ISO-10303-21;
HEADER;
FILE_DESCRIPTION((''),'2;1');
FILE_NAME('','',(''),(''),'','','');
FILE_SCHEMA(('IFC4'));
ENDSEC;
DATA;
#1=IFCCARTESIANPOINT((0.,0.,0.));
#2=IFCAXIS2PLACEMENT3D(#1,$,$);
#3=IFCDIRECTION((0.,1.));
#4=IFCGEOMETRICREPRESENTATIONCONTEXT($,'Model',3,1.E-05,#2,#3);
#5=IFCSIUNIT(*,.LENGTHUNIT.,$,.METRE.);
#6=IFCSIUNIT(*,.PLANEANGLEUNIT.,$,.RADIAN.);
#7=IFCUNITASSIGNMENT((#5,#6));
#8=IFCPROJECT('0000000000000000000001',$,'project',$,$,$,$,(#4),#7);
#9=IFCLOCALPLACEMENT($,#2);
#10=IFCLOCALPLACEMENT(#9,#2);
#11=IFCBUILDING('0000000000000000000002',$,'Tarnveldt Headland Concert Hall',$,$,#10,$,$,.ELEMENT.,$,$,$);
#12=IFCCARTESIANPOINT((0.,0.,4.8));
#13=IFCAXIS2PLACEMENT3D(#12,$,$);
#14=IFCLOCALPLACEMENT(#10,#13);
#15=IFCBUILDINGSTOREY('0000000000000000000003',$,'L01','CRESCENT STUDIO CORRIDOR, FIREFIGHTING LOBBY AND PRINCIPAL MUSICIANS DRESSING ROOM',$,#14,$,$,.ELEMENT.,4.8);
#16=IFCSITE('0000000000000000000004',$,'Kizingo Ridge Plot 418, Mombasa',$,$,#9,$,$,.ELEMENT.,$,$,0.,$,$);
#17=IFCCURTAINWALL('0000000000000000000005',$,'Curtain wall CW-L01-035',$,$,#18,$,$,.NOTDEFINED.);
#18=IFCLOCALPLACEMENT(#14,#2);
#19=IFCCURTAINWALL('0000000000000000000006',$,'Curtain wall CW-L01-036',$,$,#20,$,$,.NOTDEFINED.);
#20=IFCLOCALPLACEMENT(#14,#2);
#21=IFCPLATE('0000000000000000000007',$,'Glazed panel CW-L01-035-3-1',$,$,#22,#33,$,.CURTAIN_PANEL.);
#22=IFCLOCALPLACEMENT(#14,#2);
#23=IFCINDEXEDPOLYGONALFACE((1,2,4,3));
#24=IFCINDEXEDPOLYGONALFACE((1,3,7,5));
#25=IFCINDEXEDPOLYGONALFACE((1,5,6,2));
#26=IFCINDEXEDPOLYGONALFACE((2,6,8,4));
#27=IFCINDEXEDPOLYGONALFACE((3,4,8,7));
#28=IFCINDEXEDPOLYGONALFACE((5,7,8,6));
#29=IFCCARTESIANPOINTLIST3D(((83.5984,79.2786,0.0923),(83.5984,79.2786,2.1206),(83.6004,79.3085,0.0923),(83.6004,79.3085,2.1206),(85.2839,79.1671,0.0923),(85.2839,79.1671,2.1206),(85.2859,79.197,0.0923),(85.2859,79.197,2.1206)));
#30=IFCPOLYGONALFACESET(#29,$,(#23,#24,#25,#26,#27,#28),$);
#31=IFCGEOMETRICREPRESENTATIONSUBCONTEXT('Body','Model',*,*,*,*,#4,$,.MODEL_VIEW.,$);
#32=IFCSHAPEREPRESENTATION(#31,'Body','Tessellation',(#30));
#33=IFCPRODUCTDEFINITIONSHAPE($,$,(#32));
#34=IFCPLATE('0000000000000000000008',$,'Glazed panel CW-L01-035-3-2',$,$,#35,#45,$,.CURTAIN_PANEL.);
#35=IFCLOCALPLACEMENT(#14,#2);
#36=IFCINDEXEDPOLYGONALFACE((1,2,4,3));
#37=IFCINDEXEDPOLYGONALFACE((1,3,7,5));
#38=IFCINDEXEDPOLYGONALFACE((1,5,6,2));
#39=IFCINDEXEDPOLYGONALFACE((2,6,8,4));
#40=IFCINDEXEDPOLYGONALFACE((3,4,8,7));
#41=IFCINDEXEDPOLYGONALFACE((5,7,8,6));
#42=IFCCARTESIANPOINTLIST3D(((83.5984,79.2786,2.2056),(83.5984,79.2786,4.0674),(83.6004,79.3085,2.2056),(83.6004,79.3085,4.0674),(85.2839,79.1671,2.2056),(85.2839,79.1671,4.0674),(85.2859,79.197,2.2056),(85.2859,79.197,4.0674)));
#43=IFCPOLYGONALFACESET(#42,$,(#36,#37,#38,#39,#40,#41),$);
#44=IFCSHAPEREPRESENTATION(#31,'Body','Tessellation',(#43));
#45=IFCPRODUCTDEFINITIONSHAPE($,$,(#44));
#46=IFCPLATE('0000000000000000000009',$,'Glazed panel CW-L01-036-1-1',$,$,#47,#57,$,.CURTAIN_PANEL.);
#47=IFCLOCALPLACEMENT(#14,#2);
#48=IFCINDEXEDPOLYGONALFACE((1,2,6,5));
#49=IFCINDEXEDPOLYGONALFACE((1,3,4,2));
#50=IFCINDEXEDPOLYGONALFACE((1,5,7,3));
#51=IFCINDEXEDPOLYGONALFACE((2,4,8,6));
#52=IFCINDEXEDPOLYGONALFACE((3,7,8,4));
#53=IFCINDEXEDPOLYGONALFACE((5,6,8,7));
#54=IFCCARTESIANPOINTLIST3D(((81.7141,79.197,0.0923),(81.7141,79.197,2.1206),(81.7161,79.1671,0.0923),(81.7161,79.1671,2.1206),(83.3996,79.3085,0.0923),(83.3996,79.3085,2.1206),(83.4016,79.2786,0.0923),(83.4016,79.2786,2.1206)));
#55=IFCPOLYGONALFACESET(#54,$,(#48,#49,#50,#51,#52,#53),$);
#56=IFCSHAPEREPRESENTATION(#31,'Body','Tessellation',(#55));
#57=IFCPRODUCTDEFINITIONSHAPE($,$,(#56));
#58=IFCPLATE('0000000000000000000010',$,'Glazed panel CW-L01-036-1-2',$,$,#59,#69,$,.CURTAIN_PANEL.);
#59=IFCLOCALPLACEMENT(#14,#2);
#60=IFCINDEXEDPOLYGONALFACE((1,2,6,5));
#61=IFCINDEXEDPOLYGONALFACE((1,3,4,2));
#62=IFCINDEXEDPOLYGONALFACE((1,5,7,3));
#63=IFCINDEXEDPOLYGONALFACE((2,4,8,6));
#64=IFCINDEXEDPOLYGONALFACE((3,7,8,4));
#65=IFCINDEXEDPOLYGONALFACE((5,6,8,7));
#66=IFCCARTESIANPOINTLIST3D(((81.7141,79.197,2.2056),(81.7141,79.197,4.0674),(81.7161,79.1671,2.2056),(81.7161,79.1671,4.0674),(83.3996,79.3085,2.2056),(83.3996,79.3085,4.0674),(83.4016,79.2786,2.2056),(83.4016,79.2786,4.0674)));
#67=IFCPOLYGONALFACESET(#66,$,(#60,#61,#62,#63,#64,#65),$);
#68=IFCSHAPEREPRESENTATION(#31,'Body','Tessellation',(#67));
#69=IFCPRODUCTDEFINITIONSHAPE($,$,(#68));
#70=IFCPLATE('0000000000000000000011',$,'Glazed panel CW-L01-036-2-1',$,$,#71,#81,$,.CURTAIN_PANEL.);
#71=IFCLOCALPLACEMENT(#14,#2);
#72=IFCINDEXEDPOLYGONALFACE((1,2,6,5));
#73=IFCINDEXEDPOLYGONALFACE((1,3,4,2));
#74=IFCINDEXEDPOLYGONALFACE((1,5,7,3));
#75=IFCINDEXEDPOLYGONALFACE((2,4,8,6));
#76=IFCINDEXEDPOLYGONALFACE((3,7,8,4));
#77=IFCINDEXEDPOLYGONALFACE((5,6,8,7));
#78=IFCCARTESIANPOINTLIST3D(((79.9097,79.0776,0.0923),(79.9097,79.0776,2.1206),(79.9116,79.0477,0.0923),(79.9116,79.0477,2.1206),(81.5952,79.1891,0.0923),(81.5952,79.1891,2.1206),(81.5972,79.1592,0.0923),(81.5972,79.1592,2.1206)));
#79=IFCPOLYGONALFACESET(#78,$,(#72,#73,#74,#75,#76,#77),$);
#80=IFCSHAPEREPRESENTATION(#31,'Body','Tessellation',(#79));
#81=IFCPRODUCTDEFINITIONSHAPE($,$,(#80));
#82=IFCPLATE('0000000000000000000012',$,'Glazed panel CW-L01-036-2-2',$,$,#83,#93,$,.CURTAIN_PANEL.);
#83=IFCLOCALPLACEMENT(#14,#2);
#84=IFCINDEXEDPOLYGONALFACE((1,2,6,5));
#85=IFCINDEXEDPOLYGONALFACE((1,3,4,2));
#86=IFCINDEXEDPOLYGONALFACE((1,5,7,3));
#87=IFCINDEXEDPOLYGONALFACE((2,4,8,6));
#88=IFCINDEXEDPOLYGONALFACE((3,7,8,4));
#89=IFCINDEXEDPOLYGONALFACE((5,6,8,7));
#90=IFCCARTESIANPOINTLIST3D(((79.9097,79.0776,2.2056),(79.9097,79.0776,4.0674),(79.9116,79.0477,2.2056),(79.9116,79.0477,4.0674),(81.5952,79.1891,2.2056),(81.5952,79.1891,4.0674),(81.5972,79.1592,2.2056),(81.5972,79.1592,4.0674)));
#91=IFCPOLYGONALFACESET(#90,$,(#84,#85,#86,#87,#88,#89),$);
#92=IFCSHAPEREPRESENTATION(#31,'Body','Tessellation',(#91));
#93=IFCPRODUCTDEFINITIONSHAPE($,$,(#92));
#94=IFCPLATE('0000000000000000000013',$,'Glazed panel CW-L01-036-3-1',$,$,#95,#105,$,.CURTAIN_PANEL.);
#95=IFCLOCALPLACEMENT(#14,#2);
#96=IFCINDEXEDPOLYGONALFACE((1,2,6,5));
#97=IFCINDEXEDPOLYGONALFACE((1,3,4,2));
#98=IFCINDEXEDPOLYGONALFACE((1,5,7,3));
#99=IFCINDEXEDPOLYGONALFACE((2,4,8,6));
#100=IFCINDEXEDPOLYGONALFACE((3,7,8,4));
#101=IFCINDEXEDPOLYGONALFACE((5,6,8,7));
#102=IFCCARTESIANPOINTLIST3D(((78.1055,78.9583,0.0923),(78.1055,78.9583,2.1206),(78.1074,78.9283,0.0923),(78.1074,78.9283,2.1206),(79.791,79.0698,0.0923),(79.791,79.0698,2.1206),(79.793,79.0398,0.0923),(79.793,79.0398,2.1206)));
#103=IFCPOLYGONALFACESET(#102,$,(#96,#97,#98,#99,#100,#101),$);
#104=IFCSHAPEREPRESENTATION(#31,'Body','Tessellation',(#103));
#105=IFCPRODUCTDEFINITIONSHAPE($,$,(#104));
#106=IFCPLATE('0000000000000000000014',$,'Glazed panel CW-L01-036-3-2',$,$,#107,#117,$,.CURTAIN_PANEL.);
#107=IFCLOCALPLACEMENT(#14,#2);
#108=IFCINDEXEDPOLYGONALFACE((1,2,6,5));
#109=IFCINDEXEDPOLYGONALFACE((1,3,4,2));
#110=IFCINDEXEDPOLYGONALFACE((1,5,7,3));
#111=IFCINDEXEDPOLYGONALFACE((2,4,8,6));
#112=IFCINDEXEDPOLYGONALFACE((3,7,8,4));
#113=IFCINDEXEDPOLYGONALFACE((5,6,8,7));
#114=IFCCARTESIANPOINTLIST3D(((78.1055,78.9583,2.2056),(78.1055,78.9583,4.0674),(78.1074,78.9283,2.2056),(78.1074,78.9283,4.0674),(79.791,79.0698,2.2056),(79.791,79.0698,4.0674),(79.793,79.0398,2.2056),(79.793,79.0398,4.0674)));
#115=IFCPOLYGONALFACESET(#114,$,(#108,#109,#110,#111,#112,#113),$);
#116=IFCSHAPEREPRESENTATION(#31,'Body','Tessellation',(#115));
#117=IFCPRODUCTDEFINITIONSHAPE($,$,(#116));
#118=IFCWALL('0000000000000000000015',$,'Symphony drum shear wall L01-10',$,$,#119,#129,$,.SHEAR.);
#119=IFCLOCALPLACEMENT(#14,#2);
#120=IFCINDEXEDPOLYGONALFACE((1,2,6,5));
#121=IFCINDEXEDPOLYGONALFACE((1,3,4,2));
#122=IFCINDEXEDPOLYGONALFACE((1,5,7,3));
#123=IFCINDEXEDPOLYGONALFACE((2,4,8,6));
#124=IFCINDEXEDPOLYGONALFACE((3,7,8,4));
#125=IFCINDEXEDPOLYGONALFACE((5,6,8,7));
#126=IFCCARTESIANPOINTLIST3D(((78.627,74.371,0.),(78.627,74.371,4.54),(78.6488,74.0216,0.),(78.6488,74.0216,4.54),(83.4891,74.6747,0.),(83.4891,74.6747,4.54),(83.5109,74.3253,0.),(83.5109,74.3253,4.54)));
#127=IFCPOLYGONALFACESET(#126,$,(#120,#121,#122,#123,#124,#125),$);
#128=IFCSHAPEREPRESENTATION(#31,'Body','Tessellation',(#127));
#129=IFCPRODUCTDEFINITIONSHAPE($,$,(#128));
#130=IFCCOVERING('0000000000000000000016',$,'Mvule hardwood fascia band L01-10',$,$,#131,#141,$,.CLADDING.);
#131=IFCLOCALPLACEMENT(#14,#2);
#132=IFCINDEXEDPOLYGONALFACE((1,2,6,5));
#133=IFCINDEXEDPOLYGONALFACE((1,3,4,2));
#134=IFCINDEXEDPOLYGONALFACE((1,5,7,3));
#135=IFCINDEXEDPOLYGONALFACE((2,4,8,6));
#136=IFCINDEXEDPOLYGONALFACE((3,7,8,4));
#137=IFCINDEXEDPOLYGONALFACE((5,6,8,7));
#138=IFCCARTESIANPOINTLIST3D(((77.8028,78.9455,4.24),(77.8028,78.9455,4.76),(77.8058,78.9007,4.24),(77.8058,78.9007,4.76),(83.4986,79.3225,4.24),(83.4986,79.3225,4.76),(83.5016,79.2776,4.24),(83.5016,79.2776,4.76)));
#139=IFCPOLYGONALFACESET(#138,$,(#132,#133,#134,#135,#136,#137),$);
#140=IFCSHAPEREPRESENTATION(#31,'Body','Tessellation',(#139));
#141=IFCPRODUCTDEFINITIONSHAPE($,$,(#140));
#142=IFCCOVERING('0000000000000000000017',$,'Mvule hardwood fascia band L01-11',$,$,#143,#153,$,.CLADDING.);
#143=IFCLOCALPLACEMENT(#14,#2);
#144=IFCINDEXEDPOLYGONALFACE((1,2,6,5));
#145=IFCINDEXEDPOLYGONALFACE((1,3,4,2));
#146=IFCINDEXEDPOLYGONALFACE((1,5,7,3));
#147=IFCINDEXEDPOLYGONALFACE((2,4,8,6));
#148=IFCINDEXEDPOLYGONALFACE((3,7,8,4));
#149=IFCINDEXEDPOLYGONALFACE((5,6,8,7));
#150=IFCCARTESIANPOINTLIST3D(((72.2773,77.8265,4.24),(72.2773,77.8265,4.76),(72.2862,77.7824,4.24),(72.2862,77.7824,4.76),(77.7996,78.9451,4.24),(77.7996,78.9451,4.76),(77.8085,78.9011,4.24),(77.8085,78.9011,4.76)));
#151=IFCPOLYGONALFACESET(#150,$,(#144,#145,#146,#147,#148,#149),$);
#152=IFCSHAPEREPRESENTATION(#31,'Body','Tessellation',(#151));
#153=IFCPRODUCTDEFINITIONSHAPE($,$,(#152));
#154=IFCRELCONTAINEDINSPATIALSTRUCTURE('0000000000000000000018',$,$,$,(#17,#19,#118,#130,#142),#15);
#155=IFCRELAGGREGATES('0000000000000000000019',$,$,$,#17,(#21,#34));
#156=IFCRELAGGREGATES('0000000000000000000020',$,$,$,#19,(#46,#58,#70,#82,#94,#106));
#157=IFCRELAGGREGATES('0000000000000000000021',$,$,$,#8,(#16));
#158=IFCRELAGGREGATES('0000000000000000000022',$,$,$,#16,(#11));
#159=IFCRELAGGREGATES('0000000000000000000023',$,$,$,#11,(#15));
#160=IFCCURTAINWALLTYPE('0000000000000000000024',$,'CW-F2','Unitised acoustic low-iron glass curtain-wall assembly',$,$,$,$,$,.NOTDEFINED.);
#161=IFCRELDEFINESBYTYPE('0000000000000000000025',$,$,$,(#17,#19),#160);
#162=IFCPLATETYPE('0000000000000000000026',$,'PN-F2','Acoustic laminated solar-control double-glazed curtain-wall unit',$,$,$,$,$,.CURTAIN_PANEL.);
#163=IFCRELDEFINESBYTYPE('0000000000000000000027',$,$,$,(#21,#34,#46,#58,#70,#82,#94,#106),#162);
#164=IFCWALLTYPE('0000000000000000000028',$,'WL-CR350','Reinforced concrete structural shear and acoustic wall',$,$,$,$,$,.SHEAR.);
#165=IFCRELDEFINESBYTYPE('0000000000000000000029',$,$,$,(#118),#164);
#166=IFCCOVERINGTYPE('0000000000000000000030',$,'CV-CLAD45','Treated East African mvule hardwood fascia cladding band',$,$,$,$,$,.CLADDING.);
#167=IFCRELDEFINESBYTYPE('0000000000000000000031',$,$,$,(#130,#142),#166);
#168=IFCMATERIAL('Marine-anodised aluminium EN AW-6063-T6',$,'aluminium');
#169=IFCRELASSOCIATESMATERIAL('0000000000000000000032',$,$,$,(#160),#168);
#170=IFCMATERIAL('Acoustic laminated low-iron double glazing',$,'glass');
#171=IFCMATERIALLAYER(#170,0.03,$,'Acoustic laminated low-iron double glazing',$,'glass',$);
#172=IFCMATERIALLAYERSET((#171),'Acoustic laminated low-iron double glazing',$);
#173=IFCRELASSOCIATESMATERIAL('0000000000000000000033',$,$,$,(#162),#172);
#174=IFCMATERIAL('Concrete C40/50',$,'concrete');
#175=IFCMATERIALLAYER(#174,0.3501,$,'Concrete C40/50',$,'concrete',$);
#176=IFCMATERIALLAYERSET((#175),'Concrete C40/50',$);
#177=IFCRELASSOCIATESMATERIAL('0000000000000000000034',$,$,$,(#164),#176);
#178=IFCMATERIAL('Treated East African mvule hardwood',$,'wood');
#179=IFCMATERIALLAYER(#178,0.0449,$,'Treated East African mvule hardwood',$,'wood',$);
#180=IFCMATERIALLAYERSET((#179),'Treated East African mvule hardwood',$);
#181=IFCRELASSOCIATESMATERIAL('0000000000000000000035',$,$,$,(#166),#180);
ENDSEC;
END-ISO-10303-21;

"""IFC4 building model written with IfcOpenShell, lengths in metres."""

from ifc_helpers import new_model, si_unit, direction, frame, frame_2d, origin, origin_2d, place, context, subcontext, project, spatial, rectangle, extrude, material, layer, layer_set, type_object, element, aggregate, save


model = new_model("IFC4")

# Units and contexts
model_context = context("Model", 3, precision=1e-05, world=origin(), true_north=direction((0.0, 1.0)))
body_context = subcontext(model_context, "Body", "Model", "MODEL_VIEW")
ifc_project = project(units=[si_unit("LENGTHUNIT", "METRE"), si_unit("PLANEANGLEUNIT", "RADIAN")], contexts=[model_context])

# Site, building, storey
site_placement = place(None, origin())
site = spatial("IfcSite", under=ifc_project, at=site_placement, Name="Kizingo Ridge Plot 418, Mombasa", CompositionType="ELEMENT", RefElevation=0.0)
building_placement = place(site_placement, origin())
building = spatial("IfcBuilding", under=site, at=building_placement, Name="Tarnveldt Headland Concert Hall", CompositionType="ELEMENT")
storey_placement = place(building_placement, frame((0.0, 0.0, 4.8)))
storey = spatial("IfcBuildingStorey", under=building, at=storey_placement, Name="L01", Description="CRESCENT STUDIO CORRIDOR, FIREFIGHTING LOBBY AND PRINCIPAL MUSICIANS DRESSING ROOM", CompositionType="ELEMENT", Elevation=4.8)

# Curtain wall
ifc_material_1 = material(Name="Marine-anodised aluminium EN AW-6063-T6", Category="aluminium")
curtain_wall_type = type_object("IfcCurtainWallType", Name="CW-F2", Description="Unitised acoustic low-iron glass curtain-wall assembly", PredefinedType="NOTDEFINED", material=ifc_material_1)
curtain_wall_1_placement = place(storey_placement, origin())
curtain_wall_1 = element("IfcCurtainWall", 1, at=curtain_wall_1_placement, inside=storey, type_object=curtain_wall_type, Name="Curtain wall CW-L01-035", PredefinedType="NOTDEFINED")

# Curtain wall
curtain_wall_2_placement = place(storey_placement, origin())
curtain_wall_2 = element("IfcCurtainWall", 2, at=curtain_wall_2_placement, inside=storey, type_object=curtain_wall_type, Name="Curtain wall CW-L01-036", PredefinedType="NOTDEFINED")

# Plates
ifc_material_2 = material(Name="Acoustic laminated low-iron double glazing", Category="glass")
ifc_layer_1 = layer(ifc_material_2, 0.03, Name="Acoustic laminated low-iron double glazing", Category="glass")
ifc_layer_set_1 = layer_set([ifc_layer_1], Name="Acoustic laminated low-iron double glazing")
plate_type = type_object("IfcPlateType", Name="PN-F2", Description="Acoustic laminated solar-control double-glazed curtain-wall unit", PredefinedType="CURTAIN_PANEL", material=ifc_layer_set_1)
plate_1_placement = place(storey_placement, frame((84.4421, 79.2378, 0.0923), z_axis=(0.0, 0.0, 1.0), x_axis=(-0.997819, 0.066013, 0.0)))
plate_1 = element("IfcPlate", 3, at=plate_1_placement, type_object=plate_type, Name="Glazed panel CW-L01-035-3-1", PredefinedType="CURTAIN_PANEL", context=body_context, shape_type="SweptSolid", body=[
    extrude(rectangle(XDim=1.6892, YDim=0.03, at=origin_2d()), origin(), (0.0, 0.0, 1.0), 2.0283),
])
plate_2_placement = place(storey_placement, frame((84.4421, 79.2378, 2.2056), z_axis=(0.0, 0.0, 1.0), x_axis=(-0.997819, 0.066013, 0.0)))
plate_2 = element("IfcPlate", 4, at=plate_2_placement, type_object=plate_type, Name="Glazed panel CW-L01-035-3-2", PredefinedType="CURTAIN_PANEL", context=body_context, shape_type="SweptSolid", body=[
    extrude(rectangle(XDim=1.6892, YDim=0.03, at=origin_2d()), origin(), (0.0, 0.0, 1.0), 1.8618),
])
aggregate(curtain_wall_1, [plate_1, plate_2])
plate_3_placement = place(storey_placement, frame((82.5579, 79.2378, 0.0923), z_axis=(0.0, 0.0, 1.0), x_axis=(-0.997819, -0.066013, 0.0)))
plate_3 = element("IfcPlate", 5, at=plate_3_placement, type_object=plate_type, Name="Glazed panel CW-L01-036-1-1", PredefinedType="CURTAIN_PANEL", context=body_context, shape_type="SweptSolid", body=[
    extrude(rectangle(XDim=1.6892, YDim=0.03, at=origin_2d()), origin(), (0.0, 0.0, 1.0), 2.0283),
])
plate_4_placement = place(storey_placement, frame((82.5579, 79.2378, 2.2056), z_axis=(0.0, 0.0, 1.0), x_axis=(-0.997819, -0.066013, 0.0)))
plate_4 = element("IfcPlate", 6, at=plate_4_placement, type_object=plate_type, Name="Glazed panel CW-L01-036-1-2", PredefinedType="CURTAIN_PANEL", context=body_context, shape_type="SweptSolid", body=[
    extrude(rectangle(XDim=1.6892, YDim=0.03, at=origin_2d()), origin(), (0.0, 0.0, 1.0), 1.8618),
])
plate_5_placement = place(storey_placement, frame((80.7534, 79.1184, 0.0923), z_axis=(0.0, 0.0, 1.0), x_axis=(-0.997819, -0.066013, 0.0)))
plate_5 = element("IfcPlate", 7, at=plate_5_placement, type_object=plate_type, Name="Glazed panel CW-L01-036-2-1", PredefinedType="CURTAIN_PANEL", context=body_context, shape_type="SweptSolid", body=[
    extrude(rectangle(XDim=1.6892, YDim=0.03, at=origin_2d()), origin(), (0.0, 0.0, 1.0), 2.0283),
])
plate_6_placement = place(storey_placement, frame((80.7534, 79.1184, 2.2056), z_axis=(0.0, 0.0, 1.0), x_axis=(-0.997819, -0.066013, 0.0)))
plate_6 = element("IfcPlate", 8, at=plate_6_placement, type_object=plate_type, Name="Glazed panel CW-L01-036-2-2", PredefinedType="CURTAIN_PANEL", context=body_context, shape_type="SweptSolid", body=[
    extrude(rectangle(XDim=1.6892, YDim=0.03, at=origin_2d()), origin(), (0.0, 0.0, 1.0), 1.8618),
])
plate_7_placement = place(storey_placement, frame((78.9492, 78.999, 0.0923), z_axis=(0.0, 0.0, 1.0), x_axis=(-0.997819, -0.066013, 0.0)))
plate_7 = element("IfcPlate", 9, at=plate_7_placement, type_object=plate_type, Name="Glazed panel CW-L01-036-3-1", PredefinedType="CURTAIN_PANEL", context=body_context, shape_type="SweptSolid", body=[
    extrude(rectangle(XDim=1.6892, YDim=0.03, at=origin_2d()), origin(), (0.0, 0.0, 1.0), 2.0283),
])
plate_8_placement = place(storey_placement, frame((78.9492, 78.999, 2.2056), z_axis=(0.0, 0.0, 1.0), x_axis=(-0.997819, -0.066013, 0.0)))
plate_8 = element("IfcPlate", 10, at=plate_8_placement, type_object=plate_type, Name="Glazed panel CW-L01-036-3-2", PredefinedType="CURTAIN_PANEL", context=body_context, shape_type="SweptSolid", body=[
    extrude(rectangle(XDim=1.6892, YDim=0.03, at=origin_2d()), origin(), (0.0, 0.0, 1.0), 1.8618),
])
aggregate(curtain_wall_2, [plate_3, plate_4, plate_5, plate_6, plate_7, plate_8])

# Wall
ifc_material_3 = material(Name="Concrete C40/50", Category="concrete")
ifc_layer_2 = layer(ifc_material_3, 0.3501, Name="Concrete C40/50", Category="concrete")
ifc_layer_set_2 = layer_set([ifc_layer_2], Name="Concrete C40/50")
wall_type = type_object("IfcWallType", Name="WL-CR350", Description="Reinforced concrete structural shear and acoustic wall", PredefinedType="SHEAR", material=ifc_layer_set_2)
wall_placement = place(storey_placement, frame((83.5, 74.5, 0.0), z_axis=(0.0, 0.0, 1.0), x_axis=(-0.998055, -0.062344, 0.0)))
element("IfcWall", 11, at=wall_placement, inside=storey, type_object=wall_type, Name="Symphony drum shear wall L01-10", PredefinedType="SHEAR", context=body_context, shape_type="SweptSolid", body=[
    extrude(rectangle(XDim=4.8716, YDim=0.3501, at=frame_2d((2.4358, 0.0))), origin(), (0.0, 0.0, 1.0), 4.54),
])

# Coverings
ifc_material_4 = material(Name="Treated East African mvule hardwood", Category="wood")
ifc_layer_3 = layer(ifc_material_4, 0.0449, Name="Treated East African mvule hardwood", Category="wood")
ifc_layer_set_3 = layer_set([ifc_layer_3], Name="Treated East African mvule hardwood")
covering_type = type_object("IfcCoveringType", Name="CV-CLAD45", Description="Treated East African mvule hardwood fascia cladding band", PredefinedType="CLADDING", material=ifc_layer_set_3)
covering_1_placement = place(storey_placement, frame((83.5, 79.3, 4.24), z_axis=(0.0, 0.0, 1.0), x_axis=(-0.997817, -0.066036, 0.0)))
element("IfcCovering", 12, at=covering_1_placement, inside=storey, type_object=covering_type, Name="Mvule hardwood fascia band L01-10", PredefinedType="CLADDING", context=body_context, shape_type="SweptSolid", body=[
    extrude(rectangle(XDim=5.7083, YDim=0.0449, at=frame_2d((2.854, 0.0))), origin(), (0.0, 0.0, 1.0), 0.52),
])
covering_2_placement = place(storey_placement, frame((77.8042, 78.9231, 4.24), z_axis=(0.0, 0.0, 1.0), x_axis=(-0.980094, -0.198532, 0.0)))
element("IfcCovering", 13, at=covering_2_placement, inside=storey, type_object=covering_type, Name="Mvule hardwood fascia band L01-11", PredefinedType="CLADDING", context=body_context, shape_type="SweptSolid", body=[
    extrude(rectangle(XDim=5.6345, YDim=0.0449, at=frame_2d((2.8174, 0.0))), origin(), (0.0, 0.0, 1.0), 0.52),
])

save(model, "model.ifc")
